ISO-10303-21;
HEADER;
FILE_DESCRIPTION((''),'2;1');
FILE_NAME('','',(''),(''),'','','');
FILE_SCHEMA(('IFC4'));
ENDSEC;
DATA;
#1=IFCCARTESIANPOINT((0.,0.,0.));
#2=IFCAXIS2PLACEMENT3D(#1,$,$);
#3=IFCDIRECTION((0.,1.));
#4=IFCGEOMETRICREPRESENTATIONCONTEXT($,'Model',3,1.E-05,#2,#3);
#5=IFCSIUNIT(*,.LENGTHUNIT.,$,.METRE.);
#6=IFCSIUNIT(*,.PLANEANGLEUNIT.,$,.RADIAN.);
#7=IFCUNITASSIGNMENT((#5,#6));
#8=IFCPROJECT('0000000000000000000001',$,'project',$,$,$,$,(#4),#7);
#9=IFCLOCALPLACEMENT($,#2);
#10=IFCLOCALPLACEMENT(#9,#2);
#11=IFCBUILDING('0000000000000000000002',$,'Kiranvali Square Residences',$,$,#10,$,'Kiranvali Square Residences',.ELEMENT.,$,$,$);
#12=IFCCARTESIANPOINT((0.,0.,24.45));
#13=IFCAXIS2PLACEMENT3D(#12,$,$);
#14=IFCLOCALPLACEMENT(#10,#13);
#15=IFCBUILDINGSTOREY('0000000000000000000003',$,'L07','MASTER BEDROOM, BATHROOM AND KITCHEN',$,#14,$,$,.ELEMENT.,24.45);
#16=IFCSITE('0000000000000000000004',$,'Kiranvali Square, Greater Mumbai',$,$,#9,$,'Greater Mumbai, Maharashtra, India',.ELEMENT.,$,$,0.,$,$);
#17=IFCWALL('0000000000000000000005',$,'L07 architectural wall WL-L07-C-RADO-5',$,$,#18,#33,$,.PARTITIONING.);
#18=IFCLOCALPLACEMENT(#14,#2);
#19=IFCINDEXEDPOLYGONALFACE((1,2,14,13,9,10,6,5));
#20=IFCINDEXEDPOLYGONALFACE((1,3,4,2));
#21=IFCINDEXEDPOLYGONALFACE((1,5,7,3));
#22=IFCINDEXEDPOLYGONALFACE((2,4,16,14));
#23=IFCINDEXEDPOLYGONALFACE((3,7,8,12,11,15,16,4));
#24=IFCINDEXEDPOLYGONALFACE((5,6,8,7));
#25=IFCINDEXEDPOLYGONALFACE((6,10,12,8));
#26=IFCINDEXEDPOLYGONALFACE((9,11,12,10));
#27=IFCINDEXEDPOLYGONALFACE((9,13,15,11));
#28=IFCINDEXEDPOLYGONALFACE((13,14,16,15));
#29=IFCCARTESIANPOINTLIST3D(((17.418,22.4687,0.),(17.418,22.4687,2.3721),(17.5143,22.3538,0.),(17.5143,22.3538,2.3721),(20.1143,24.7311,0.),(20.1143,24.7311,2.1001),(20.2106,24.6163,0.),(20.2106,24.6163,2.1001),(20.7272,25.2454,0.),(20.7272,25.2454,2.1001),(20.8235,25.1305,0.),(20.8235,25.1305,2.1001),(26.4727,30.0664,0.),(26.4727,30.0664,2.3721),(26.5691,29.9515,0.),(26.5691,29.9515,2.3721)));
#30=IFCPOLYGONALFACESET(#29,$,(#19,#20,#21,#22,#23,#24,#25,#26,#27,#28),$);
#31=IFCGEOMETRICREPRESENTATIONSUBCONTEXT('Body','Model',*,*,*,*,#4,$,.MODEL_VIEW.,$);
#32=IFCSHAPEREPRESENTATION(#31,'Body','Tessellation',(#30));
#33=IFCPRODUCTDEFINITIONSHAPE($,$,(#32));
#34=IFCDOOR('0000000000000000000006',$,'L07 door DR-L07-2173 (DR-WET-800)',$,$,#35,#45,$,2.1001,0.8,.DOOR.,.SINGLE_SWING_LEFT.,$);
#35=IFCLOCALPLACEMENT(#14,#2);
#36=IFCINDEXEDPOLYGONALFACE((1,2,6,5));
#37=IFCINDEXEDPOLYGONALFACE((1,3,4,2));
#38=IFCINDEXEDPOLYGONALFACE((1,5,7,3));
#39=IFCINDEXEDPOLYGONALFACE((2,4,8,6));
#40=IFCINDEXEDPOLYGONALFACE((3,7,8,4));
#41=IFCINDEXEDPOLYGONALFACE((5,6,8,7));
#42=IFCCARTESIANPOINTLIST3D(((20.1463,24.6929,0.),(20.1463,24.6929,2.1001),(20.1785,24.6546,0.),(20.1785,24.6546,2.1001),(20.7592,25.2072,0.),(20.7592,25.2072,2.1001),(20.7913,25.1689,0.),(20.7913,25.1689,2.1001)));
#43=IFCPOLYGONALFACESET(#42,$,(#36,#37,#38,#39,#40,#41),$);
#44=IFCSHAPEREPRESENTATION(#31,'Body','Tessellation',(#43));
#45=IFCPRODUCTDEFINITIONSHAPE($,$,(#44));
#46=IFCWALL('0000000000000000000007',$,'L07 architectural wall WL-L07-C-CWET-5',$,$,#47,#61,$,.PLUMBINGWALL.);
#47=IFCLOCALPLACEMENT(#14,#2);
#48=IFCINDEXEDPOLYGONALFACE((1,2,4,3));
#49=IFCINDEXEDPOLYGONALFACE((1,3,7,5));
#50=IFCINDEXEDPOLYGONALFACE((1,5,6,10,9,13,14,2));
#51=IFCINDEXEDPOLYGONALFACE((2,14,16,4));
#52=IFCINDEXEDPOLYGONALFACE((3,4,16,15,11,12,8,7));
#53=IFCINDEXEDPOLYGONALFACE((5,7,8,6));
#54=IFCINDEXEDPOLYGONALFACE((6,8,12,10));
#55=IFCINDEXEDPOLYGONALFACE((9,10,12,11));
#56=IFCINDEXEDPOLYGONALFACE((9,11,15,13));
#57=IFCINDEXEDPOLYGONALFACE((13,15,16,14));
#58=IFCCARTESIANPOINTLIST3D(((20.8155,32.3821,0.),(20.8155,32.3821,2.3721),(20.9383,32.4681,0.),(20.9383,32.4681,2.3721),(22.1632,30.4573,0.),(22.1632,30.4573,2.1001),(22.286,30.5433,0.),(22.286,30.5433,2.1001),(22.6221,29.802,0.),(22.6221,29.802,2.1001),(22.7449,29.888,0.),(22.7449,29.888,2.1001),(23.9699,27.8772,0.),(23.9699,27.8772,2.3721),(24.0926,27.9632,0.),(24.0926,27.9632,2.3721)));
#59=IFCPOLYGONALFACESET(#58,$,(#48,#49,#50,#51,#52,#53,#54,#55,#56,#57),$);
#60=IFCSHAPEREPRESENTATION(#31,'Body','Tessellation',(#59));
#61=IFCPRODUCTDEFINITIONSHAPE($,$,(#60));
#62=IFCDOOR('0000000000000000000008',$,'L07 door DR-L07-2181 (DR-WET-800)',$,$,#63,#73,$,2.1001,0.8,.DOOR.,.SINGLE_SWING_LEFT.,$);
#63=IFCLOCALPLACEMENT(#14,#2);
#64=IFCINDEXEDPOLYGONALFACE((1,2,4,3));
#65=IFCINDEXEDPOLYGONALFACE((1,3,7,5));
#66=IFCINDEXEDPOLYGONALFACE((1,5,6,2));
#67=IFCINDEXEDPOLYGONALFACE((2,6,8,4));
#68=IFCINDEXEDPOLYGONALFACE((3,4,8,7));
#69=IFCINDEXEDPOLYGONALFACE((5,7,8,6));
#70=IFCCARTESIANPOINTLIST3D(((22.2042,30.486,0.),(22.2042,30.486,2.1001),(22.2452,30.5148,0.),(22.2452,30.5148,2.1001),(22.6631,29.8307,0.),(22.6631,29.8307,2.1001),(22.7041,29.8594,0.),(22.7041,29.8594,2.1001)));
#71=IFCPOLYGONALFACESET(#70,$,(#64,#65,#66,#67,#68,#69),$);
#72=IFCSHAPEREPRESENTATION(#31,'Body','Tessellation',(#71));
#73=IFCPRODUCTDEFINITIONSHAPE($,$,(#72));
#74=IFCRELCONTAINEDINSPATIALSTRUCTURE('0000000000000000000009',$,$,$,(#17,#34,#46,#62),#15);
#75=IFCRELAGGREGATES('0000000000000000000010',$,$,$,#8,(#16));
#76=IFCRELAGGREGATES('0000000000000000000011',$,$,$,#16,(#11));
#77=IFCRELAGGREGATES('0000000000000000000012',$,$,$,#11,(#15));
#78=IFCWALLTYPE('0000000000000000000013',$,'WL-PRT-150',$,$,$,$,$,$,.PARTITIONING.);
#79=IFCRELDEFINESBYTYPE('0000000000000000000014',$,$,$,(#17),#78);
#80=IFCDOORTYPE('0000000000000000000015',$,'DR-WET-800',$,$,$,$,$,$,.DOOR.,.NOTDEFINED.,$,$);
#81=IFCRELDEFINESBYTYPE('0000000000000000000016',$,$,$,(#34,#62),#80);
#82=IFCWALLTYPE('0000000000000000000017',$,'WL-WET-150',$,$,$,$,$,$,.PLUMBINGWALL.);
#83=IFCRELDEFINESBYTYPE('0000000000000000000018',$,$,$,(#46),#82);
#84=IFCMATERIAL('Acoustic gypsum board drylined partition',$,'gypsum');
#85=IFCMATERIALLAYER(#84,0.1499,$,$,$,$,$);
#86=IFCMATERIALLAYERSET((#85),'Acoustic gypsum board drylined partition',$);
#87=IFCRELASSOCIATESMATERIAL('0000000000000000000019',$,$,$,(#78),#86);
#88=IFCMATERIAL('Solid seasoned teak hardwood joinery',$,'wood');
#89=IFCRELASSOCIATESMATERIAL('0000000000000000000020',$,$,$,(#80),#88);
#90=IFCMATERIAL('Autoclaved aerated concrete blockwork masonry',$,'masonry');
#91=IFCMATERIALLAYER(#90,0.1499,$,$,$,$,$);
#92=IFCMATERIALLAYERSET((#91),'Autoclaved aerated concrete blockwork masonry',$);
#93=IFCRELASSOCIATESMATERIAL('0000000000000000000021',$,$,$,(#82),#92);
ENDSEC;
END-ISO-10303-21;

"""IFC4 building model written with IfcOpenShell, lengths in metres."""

from ifc_helpers import new_model, si_unit, direction, frame, frame_2d, origin, place, context, subcontext, project, spatial, rectangle, extrude, material, layer, layer_set, type_object, element, fill, save


model = new_model("IFC4")

# Units and contexts
model_context = context("Model", 3, precision=1e-05, world=origin(), true_north=direction((0.0, 1.0)))
body_context = subcontext(model_context, "Body", "Model", "MODEL_VIEW")
ifc_project = project(units=[si_unit("LENGTHUNIT", "METRE"), si_unit("PLANEANGLEUNIT", "RADIAN")], contexts=[model_context])

# Site, building, storey
site_placement = place(None, origin())
site = spatial("IfcSite", under=ifc_project, at=site_placement, Name="Kiranvali Square, Greater Mumbai", LongName="Greater Mumbai, Maharashtra, India", CompositionType="ELEMENT", RefElevation=0.0)
building_placement = place(site_placement, origin())
building = spatial("IfcBuilding", under=site, at=building_placement, Name="Kiranvali Square Residences", LongName="Kiranvali Square Residences", CompositionType="ELEMENT")
storey_placement = place(building_placement, frame((0.0, 0.0, 24.45)))
storey = spatial("IfcBuildingStorey", under=building, at=storey_placement, Name="L07", Description="MASTER BEDROOM, BATHROOM AND KITCHEN", CompositionType="ELEMENT", Elevation=24.45)

# Shared definitions
ifc_material_1 = material(Name="Autoclaved aerated concrete blockwork masonry", Category="masonry")

# Walls, openings, doors
ifc_material_2 = material(Name="Acoustic gypsum board drylined partition", Category="gypsum")
ifc_layer_1 = layer(ifc_material_2, 0.1499)
ifc_layer_set_1 = layer_set([ifc_layer_1], Name="Acoustic gypsum board drylined partition")
wall_type_1 = type_object("IfcWallType", Name="WL-PRT-150", PredefinedType="PARTITIONING", material=ifc_layer_set_1)
wall_1_placement = place(storey_placement, frame((26.521, 30.009, 0.0), z_axis=(0.0, 0.0, 1.0), x_axis=(-0.76605, -0.642781, 0.0)))
wall_1 = element("IfcWall", 1, at=wall_1_placement, inside=storey, type_object=wall_type_1, Name="L07 architectural wall WL-L07-C-RADO-5", PredefinedType="PARTITIONING", context=body_context, shape_type="SweptSolid", body=[
    extrude(rectangle(XDim=11.8201, YDim=0.1499, at=frame_2d((5.9102, 0.0))), origin(), (0.0, 0.0, 1.0), 2.3721),
])
opening_1_placement = place(wall_1_placement, frame((7.5005, 0.0, 0.0)))
opening_1 = element("IfcOpeningElement", 2, at=opening_1_placement, cuts=wall_1, PredefinedType="OPENING", context=body_context, shape_type="SweptSolid", body=[
    extrude(rectangle(XDim=0.8, YDim=2.1001, at=frame_2d((0.3999, 1.05))), frame((0.0, 0.085, 0.0), z_axis=(0.0, -1.0, 0.0), x_axis=(1.0, 0.0, 0.0)), (0.0, 0.0, 1.0), 0.1699),
])
ifc_material_3 = material(Name="Solid seasoned teak hardwood joinery", Category="wood")
door_type_1 = type_object("IfcDoorType", Name="DR-WET-800", OperationType="NOTDEFINED", PredefinedType="DOOR", material=ifc_material_3)
door_1_placement = place(opening_1_placement, origin())
door_1 = element("IfcDoor", 3, at=door_1_placement, inside=storey, type_object=door_type_1, Name="L07 door DR-L07-2173 (DR-WET-800)", OperationType="SINGLE_SWING_LEFT", OverallHeight=2.1001, OverallWidth=0.8, PredefinedType="DOOR", context=body_context, shape_type="SweptSolid", body=[
    extrude(rectangle(XDim=0.8, YDim=2.1001, at=frame_2d((0.3999, 1.05))), frame((0.0, 0.0249, 0.0), z_axis=(0.0, -1.0, 0.0), x_axis=(1.0, 0.0, 0.0)), (0.0, 0.0, 1.0), 0.05),
])
fill(opening_1, door_1)
ifc_layer_2 = layer(ifc_material_1, 0.1499)
ifc_layer_set_2 = layer_set([ifc_layer_2], Name="Autoclaved aerated concrete blockwork masonry")
wall_type_2 = type_object("IfcWallType", Name="WL-WET-150", PredefinedType="PLUMBINGWALL", material=ifc_layer_set_2)
wall_2_placement = place(storey_placement, frame((24.0312, 27.9202, 0.0), z_axis=(0.0, 0.0, 1.0), x_axis=(-0.57357, 0.819157, 0.0)))
wall_2 = element("IfcWall", 4, at=wall_2_placement, inside=storey, type_object=wall_type_2, Name="L07 architectural wall WL-L07-C-CWET-5", PredefinedType="PLUMBINGWALL", context=body_context, shape_type="SweptSolid", body=[
    extrude(rectangle(XDim=5.4995, YDim=0.1499, at=frame_2d((2.7498, 0.0))), origin(), (0.0, 0.0, 1.0), 2.3721),
])
opening_2_placement = place(wall_2_placement, frame((2.3499, 0.0, 0.0)))
opening_2 = element("IfcOpeningElement", 5, at=opening_2_placement, cuts=wall_2, PredefinedType="OPENING", context=body_context, shape_type="SweptSolid", body=[
    extrude(rectangle(XDim=0.8, YDim=2.1001, at=frame_2d((0.3999, 1.05))), frame((0.0, 0.085, 0.0), z_axis=(0.0, -1.0, 0.0), x_axis=(1.0, 0.0, 0.0)), (0.0, 0.0, 1.0), 0.1699),
])
door_2_placement = place(opening_2_placement, origin())
door_2 = element("IfcDoor", 6, at=door_2_placement, inside=storey, type_object=door_type_1, Name="L07 door DR-L07-2181 (DR-WET-800)", OperationType="SINGLE_SWING_LEFT", OverallHeight=2.1001, OverallWidth=0.8, PredefinedType="DOOR", context=body_context, shape_type="SweptSolid", body=[
    extrude(rectangle(XDim=0.8, YDim=2.1001, at=frame_2d((0.3999, 1.05))), frame((0.0, 0.0249, 0.0), z_axis=(0.0, -1.0, 0.0), x_axis=(1.0, 0.0, 0.0)), (0.0, 0.0, 1.0), 0.05),
])
fill(opening_2, door_2)

save(model, "model.ifc")
